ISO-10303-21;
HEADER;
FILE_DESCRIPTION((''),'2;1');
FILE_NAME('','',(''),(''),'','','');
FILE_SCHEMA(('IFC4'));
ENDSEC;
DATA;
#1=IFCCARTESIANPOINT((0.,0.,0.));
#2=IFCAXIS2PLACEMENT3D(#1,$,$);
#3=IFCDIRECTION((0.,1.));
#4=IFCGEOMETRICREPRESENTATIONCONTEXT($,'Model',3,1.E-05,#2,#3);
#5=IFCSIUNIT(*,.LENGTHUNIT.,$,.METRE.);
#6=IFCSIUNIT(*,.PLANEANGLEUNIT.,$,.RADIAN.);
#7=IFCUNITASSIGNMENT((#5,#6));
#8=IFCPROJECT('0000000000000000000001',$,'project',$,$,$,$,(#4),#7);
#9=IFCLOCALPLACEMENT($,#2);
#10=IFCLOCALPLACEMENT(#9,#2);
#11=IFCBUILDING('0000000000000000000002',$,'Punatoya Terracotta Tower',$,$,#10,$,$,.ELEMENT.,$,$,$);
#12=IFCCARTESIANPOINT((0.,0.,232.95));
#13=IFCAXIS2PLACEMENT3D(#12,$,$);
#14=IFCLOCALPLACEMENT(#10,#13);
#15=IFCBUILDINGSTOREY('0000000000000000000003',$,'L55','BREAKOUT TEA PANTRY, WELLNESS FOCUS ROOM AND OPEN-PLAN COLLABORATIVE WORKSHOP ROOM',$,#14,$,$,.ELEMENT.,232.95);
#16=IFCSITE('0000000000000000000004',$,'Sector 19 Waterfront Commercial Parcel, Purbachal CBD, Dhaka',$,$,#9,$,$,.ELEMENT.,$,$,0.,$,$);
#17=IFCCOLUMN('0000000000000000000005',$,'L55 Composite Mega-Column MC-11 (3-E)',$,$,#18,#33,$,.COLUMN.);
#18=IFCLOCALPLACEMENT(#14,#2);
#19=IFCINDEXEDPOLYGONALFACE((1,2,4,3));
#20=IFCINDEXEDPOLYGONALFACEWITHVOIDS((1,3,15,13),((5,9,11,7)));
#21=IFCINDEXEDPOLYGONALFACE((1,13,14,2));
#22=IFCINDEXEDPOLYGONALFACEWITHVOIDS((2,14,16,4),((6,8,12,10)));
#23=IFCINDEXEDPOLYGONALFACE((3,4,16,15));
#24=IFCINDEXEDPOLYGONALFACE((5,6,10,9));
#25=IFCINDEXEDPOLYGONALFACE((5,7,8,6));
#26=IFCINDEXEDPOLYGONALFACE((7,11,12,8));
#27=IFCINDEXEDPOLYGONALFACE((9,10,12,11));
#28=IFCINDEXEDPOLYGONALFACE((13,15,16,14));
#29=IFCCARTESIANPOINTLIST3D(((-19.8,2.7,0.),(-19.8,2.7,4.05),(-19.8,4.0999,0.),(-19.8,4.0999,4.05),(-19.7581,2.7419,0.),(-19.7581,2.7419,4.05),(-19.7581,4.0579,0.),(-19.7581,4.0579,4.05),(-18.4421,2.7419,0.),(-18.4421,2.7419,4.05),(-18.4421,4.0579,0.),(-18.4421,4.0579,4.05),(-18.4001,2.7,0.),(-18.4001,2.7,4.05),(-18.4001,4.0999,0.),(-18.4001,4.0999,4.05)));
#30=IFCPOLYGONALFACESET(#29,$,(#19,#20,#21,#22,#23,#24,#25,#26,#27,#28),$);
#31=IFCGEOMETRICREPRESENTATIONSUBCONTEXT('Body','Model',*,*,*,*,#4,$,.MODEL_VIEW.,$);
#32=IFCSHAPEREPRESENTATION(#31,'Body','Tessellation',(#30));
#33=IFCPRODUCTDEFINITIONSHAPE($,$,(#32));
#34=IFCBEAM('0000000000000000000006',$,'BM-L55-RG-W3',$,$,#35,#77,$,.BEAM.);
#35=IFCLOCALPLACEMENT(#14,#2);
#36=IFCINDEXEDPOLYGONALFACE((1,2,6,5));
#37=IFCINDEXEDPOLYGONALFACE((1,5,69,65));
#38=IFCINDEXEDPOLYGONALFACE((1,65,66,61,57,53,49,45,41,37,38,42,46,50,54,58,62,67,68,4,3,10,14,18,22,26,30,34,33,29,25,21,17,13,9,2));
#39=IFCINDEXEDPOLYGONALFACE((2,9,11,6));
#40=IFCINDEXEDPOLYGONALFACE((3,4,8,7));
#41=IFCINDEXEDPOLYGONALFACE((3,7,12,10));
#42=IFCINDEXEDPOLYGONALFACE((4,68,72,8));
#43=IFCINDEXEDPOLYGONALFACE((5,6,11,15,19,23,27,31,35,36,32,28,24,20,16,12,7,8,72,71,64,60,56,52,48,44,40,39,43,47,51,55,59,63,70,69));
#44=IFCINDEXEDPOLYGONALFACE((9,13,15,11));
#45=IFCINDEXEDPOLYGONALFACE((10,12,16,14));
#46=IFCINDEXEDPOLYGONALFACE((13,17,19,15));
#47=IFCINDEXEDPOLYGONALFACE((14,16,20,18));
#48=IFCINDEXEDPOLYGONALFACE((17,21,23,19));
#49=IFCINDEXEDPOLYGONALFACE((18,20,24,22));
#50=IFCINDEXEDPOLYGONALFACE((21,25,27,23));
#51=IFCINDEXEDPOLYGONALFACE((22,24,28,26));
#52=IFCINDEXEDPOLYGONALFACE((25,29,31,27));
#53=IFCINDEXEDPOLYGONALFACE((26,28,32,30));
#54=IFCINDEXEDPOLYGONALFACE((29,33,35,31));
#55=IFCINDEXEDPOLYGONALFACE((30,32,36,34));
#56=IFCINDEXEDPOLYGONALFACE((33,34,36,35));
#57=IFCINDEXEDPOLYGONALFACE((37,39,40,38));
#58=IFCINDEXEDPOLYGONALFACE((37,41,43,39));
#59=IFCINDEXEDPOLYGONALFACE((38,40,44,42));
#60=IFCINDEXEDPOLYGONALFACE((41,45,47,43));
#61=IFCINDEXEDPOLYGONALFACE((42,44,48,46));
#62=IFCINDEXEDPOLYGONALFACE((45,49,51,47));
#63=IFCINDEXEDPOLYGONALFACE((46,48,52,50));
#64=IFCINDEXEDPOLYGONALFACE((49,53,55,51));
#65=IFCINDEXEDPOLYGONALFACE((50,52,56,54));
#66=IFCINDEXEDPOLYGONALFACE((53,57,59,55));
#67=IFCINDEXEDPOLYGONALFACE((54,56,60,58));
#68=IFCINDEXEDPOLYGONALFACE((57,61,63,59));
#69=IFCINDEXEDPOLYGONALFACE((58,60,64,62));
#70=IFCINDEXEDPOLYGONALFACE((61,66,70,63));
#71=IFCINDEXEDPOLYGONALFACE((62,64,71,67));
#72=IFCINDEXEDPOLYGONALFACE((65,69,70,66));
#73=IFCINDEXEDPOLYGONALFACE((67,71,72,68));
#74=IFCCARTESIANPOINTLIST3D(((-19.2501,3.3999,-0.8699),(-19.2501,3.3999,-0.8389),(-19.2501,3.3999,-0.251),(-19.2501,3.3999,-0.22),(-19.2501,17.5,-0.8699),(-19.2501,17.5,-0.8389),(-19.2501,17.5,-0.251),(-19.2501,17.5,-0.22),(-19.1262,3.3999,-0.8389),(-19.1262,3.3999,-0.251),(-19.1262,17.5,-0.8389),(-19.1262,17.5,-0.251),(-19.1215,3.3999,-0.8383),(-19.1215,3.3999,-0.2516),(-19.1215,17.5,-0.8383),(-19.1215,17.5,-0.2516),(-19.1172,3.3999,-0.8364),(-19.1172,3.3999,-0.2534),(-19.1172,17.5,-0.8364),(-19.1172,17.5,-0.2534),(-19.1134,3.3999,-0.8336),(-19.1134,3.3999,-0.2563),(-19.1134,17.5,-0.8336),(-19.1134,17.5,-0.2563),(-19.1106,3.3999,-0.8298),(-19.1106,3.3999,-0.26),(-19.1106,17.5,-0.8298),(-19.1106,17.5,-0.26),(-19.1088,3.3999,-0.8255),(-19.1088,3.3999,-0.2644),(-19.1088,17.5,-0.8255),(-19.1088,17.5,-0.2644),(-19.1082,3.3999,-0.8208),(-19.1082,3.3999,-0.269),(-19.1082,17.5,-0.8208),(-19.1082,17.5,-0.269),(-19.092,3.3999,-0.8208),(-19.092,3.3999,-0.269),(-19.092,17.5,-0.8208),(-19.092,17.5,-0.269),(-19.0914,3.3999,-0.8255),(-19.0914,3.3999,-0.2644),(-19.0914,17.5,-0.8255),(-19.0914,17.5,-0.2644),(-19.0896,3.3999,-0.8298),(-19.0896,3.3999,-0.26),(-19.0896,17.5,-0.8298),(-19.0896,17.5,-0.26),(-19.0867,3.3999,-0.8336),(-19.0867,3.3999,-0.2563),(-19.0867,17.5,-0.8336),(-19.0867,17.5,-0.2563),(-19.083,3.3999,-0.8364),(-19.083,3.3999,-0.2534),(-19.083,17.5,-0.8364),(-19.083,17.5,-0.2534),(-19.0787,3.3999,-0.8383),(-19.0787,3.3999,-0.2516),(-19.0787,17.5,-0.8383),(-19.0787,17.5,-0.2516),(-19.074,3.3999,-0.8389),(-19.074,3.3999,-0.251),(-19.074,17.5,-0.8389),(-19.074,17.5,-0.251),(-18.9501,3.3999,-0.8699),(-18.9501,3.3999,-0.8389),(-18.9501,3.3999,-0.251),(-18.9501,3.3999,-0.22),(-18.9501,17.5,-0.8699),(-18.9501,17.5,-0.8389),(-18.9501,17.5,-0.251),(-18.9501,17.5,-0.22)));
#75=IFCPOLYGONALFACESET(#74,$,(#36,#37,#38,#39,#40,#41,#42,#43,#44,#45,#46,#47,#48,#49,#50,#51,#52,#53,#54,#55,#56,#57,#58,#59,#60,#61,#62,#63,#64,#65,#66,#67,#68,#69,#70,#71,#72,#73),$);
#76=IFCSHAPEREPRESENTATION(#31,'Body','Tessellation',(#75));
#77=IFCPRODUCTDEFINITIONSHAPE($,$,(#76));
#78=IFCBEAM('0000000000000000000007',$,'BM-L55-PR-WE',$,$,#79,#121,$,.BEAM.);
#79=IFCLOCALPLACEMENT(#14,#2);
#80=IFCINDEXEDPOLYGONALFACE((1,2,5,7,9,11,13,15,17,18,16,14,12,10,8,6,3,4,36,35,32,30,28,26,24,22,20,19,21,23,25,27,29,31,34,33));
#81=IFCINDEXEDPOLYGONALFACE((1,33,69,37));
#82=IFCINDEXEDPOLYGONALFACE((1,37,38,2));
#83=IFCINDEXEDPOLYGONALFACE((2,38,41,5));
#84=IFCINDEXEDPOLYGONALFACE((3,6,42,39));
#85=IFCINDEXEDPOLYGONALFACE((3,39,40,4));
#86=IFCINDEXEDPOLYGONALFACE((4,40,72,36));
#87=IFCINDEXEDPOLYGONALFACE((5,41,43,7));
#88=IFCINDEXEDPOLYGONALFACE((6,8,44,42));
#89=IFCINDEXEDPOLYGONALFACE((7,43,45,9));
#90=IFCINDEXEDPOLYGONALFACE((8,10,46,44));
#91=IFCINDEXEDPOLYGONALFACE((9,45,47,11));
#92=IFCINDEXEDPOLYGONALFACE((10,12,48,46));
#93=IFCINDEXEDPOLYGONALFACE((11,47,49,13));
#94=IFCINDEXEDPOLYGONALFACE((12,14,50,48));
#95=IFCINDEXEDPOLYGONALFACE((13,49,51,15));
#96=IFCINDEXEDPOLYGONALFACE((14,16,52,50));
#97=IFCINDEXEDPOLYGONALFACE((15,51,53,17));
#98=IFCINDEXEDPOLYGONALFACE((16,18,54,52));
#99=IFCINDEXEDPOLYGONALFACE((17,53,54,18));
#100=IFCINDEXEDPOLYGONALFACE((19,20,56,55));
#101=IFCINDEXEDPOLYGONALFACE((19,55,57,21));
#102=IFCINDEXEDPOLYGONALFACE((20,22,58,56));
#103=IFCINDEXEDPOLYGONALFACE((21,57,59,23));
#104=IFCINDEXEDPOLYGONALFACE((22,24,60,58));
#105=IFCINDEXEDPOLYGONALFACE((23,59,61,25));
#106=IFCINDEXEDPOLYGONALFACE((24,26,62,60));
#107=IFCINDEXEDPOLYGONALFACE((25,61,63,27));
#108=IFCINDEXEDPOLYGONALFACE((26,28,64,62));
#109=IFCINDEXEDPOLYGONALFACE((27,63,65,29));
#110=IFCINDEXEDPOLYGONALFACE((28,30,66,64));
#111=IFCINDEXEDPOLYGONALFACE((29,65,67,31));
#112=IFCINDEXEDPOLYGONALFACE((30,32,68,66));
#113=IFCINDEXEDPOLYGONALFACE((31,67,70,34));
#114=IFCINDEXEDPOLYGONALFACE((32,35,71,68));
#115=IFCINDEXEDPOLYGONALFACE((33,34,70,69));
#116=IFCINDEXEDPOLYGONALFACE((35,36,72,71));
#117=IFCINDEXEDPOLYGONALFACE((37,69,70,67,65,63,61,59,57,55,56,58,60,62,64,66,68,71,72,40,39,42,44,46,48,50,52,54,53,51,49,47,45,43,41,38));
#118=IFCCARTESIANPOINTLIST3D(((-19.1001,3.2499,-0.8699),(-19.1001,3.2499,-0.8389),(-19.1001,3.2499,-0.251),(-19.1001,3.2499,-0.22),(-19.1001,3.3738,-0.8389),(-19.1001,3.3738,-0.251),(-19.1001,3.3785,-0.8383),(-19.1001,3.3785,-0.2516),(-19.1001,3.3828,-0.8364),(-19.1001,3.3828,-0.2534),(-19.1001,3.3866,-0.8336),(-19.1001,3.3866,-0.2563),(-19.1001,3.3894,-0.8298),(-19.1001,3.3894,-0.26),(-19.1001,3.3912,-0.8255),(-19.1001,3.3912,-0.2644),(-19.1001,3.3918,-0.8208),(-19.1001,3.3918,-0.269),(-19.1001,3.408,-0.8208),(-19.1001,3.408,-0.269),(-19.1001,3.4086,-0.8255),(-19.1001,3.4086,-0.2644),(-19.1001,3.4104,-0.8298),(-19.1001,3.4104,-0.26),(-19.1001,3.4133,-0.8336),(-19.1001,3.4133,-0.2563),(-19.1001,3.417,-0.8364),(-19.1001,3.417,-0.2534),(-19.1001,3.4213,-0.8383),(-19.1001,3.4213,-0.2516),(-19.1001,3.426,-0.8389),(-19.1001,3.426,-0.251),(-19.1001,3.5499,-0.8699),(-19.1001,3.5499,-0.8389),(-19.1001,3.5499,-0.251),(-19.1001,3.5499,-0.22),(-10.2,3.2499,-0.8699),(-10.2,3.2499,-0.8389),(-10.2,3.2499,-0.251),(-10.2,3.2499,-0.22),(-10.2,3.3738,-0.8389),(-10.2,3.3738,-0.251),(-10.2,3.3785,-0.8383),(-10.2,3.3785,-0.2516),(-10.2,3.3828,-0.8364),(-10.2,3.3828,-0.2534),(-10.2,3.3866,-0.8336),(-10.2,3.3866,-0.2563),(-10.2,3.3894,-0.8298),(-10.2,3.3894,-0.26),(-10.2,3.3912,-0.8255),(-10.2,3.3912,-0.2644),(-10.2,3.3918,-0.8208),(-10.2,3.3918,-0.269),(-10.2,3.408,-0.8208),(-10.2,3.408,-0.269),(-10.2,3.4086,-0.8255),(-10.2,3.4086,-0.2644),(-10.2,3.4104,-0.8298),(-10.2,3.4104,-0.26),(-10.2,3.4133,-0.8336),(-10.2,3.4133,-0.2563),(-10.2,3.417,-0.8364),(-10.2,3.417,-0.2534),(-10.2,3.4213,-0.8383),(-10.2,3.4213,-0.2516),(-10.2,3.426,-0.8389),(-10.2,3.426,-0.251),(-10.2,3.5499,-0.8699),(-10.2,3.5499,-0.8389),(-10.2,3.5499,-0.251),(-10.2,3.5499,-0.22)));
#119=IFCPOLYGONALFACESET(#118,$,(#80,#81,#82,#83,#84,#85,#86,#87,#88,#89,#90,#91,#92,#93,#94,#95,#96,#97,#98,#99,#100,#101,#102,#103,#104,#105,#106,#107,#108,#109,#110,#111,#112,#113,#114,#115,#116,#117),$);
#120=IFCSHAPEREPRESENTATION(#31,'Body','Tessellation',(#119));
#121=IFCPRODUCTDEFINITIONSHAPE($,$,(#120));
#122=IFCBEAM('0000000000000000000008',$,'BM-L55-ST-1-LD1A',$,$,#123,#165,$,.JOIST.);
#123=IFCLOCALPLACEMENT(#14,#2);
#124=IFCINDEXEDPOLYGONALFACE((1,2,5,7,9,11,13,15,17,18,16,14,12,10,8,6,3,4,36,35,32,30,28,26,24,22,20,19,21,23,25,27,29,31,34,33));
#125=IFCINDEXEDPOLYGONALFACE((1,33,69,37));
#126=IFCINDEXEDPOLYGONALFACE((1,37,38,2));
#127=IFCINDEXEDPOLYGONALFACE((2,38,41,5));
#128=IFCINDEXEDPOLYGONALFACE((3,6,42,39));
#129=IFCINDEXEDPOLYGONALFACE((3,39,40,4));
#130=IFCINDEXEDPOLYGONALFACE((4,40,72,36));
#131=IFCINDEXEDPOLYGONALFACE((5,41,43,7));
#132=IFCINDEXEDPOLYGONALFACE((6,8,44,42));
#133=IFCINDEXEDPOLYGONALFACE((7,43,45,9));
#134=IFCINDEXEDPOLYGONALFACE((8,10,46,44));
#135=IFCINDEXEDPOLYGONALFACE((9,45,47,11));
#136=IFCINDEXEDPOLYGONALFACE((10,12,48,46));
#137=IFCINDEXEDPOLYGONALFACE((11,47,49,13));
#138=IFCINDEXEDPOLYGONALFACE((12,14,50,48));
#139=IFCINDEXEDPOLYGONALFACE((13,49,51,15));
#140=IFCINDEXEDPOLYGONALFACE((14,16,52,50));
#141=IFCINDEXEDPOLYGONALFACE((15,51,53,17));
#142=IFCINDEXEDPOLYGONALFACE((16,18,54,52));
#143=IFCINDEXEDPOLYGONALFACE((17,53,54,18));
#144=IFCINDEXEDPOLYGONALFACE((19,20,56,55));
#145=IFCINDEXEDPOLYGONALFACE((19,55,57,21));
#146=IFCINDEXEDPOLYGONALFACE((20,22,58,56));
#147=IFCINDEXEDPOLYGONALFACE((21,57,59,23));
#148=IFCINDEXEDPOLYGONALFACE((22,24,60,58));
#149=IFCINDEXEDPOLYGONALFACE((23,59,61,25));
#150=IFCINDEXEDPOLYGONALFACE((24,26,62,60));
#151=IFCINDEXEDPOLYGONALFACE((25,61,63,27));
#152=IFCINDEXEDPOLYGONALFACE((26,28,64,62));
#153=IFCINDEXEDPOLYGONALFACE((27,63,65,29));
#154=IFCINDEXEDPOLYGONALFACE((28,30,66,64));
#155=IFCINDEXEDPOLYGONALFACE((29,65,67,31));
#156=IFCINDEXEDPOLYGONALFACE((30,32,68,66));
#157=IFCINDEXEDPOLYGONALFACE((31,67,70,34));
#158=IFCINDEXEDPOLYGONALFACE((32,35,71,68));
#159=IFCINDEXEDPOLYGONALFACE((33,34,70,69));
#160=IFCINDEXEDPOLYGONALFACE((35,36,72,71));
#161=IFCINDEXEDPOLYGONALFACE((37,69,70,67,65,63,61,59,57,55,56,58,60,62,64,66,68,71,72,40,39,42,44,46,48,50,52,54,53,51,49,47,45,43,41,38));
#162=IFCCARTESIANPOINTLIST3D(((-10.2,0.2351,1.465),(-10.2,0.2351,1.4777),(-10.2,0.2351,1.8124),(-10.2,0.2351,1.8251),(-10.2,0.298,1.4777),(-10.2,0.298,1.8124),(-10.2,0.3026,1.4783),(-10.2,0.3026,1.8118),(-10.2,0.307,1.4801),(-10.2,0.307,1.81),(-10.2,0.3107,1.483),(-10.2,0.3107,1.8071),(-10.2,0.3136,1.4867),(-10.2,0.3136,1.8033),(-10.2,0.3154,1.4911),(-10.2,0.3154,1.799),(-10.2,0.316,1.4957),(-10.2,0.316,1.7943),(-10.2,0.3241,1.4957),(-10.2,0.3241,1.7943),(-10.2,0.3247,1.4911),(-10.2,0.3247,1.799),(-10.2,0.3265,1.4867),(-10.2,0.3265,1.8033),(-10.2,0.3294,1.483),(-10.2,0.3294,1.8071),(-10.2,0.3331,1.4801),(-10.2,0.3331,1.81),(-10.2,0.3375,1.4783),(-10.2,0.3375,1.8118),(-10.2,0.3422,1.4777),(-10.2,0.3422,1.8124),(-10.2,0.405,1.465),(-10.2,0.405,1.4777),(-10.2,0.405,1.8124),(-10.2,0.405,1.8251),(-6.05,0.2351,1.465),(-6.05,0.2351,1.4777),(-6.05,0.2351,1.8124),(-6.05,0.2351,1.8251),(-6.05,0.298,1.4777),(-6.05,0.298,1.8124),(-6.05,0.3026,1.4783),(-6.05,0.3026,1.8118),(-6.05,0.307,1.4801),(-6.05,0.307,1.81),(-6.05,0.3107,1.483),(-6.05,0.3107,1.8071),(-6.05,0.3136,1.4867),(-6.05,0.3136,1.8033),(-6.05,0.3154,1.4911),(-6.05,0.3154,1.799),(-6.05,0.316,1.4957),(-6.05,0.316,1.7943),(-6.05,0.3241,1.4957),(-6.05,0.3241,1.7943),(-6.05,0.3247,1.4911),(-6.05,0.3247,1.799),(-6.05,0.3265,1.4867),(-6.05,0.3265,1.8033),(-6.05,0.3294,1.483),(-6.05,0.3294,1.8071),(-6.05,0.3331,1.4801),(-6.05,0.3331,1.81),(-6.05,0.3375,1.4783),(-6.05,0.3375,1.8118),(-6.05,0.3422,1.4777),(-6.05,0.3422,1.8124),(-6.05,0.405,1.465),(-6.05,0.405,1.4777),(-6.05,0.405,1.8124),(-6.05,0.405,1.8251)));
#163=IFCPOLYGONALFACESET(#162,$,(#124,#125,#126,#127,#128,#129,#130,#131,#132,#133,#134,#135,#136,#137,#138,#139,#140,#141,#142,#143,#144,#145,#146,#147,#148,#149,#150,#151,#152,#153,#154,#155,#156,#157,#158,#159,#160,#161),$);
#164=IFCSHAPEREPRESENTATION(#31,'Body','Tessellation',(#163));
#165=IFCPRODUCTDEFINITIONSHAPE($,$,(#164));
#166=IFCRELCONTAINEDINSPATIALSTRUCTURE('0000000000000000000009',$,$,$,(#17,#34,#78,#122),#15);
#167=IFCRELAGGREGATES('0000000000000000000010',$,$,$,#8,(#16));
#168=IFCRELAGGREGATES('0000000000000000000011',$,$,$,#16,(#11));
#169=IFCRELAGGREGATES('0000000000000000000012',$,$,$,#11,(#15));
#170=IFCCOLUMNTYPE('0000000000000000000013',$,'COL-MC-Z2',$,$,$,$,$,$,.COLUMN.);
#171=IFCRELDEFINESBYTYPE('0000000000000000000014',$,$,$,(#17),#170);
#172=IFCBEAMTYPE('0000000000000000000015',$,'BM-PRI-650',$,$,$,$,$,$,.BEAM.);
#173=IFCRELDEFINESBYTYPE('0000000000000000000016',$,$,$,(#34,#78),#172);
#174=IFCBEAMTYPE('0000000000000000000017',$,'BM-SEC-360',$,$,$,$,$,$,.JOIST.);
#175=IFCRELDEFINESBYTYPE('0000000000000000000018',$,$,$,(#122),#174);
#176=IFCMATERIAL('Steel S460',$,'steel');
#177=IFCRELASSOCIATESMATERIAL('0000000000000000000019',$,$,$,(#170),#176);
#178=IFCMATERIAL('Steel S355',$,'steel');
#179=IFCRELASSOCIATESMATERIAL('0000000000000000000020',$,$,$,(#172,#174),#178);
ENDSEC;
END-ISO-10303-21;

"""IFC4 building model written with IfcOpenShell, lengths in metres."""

from ifc_helpers import new_model, si_unit, direction, frame, origin, origin_2d, place, context, subcontext, project, spatial, hollow_rectangle, i_section, extrude, material, material_profile, profile_set, type_object, element, save


model = new_model("IFC4")

# Units and contexts
model_context = context("Model", 3, precision=1e-05, world=origin(), true_north=direction((0.0, 1.0)))
body_context = subcontext(model_context, "Body", "Model", "MODEL_VIEW")
ifc_project = project(units=[si_unit("LENGTHUNIT", "METRE"), si_unit("PLANEANGLEUNIT", "RADIAN")], contexts=[model_context])

# Site, building, storey
site_placement = place(None, origin())
site = spatial("IfcSite", under=ifc_project, at=site_placement, Name="Sector 19 Waterfront Commercial Parcel, Purbachal CBD, Dhaka", CompositionType="ELEMENT", RefElevation=0.0)
building_placement = place(site_placement, origin())
building = spatial("IfcBuilding", under=site, at=building_placement, Name="Punatoya Terracotta Tower", CompositionType="ELEMENT")
storey_placement = place(building_placement, frame((0.0, 0.0, 232.95)))
storey = spatial("IfcBuildingStorey", under=building, at=storey_placement, Name="L55", Description="BREAKOUT TEA PANTRY, WELLNESS FOCUS ROOM AND OPEN-PLAN COLLABORATIVE WORKSHOP ROOM", CompositionType="ELEMENT", Elevation=232.95)

# Column
ifc_material_1 = material(Name="Steel S460", Category="steel")
ifc_material_profile_1 = material_profile(ifc_material_1, hollow_rectangle(XDim=1.3999, YDim=1.3999, WallThickness=0.042, at=origin_2d()))
ifc_profile_set_1 = profile_set([ifc_material_profile_1], Name="Steel S460")
column_type = type_object("IfcColumnType", Name="COL-MC-Z2", PredefinedType="COLUMN", material=ifc_profile_set_1)
column_placement = place(storey_placement, frame((-19.1001, 3.3999, 0.0), z_axis=(0.0, 0.0, 1.0), x_axis=(1.0, 0.0, 0.0)))
element("IfcColumn", 1, at=column_placement, inside=storey, type_object=column_type, Name="L55 Composite Mega-Column MC-11 (3-E)", PredefinedType="COLUMN", context=body_context, shape_type="SweptSolid", body=[
    extrude(hollow_rectangle(XDim=1.3999, YDim=1.3999, WallThickness=0.042, at=origin_2d()), origin(), (0.0, 0.0, 1.0), 4.05),
])

# Beams
ifc_material_2 = material(Name="Steel S355", Category="steel")
ifc_material_profile_2 = material_profile(ifc_material_2, i_section(OverallWidth=0.3, OverallDepth=0.6499, WebThickness=0.0161, FlangeThickness=0.031, FilletRadius=0.0181, at=origin_2d()))
ifc_profile_set_2 = profile_set([ifc_material_profile_2], Name="Steel S355")
beam_type_1 = type_object("IfcBeamType", Name="BM-PRI-650", PredefinedType="BEAM", material=ifc_profile_set_2)
beam_1_placement = place(storey_placement, frame((-19.1001, 3.3999, -0.5449), z_axis=(0.0, 1.0, 0.0), x_axis=(-1.0, 0.0, 0.0)))
element("IfcBeam", 2, at=beam_1_placement, inside=storey, type_object=beam_type_1, Name="BM-L55-RG-W3", PredefinedType="BEAM", context=body_context, shape_type="SweptSolid", body=[
    extrude(i_section(OverallWidth=0.3, OverallDepth=0.6499, WebThickness=0.0161, FlangeThickness=0.031, FilletRadius=0.0181, at=origin_2d()), origin(), (0.0, 0.0, 1.0), 14.1001),
])
beam_2_placement = place(storey_placement, frame((-19.1001, 3.3999, -0.5449), z_axis=(1.0, 0.0, 0.0), x_axis=(0.0, 1.0, 0.0)))
element("IfcBeam", 3, at=beam_2_placement, inside=storey, type_object=beam_type_1, Name="BM-L55-PR-WE", PredefinedType="BEAM", context=body_context, shape_type="SweptSolid", body=[
    extrude(i_section(OverallWidth=0.3, OverallDepth=0.6499, WebThickness=0.0161, FlangeThickness=0.031, FilletRadius=0.0181, at=origin_2d()), origin(), (0.0, 0.0, 1.0), 8.9001),
])
ifc_material_profile_3 = material_profile(ifc_material_2, i_section(OverallWidth=0.1699, OverallDepth=0.3601, WebThickness=0.0081, FlangeThickness=0.0127, FilletRadius=0.0181, at=origin_2d()))
ifc_profile_set_3 = profile_set([ifc_material_profile_3], Name="Steel S355")
beam_type_2 = type_object("IfcBeamType", Name="BM-SEC-360", PredefinedType="JOIST", material=ifc_profile_set_3)
for number, where, z_axis, x_axis, name in (
    (4, (-10.2, 0.3201, 1.645), (1.0, 0.0, 0.0), (0.0, 1.0, 0.0), "BM-L55-ST-1-LD1A"),
):
    element("IfcBeam", number, at=place(storey_placement, frame(where, z_axis=z_axis, x_axis=x_axis)), inside=storey, type_object=beam_type_2, Name=name, PredefinedType="JOIST", context=body_context, shape_type="SweptSolid", body=[
        extrude(i_section(OverallWidth=0.1699, OverallDepth=0.3601, WebThickness=0.0081, FlangeThickness=0.0127, FilletRadius=0.0181, at=origin_2d()), origin(), (0.0, 0.0, 1.0), 4.1499),
    ])

save(model, "model.ifc")
